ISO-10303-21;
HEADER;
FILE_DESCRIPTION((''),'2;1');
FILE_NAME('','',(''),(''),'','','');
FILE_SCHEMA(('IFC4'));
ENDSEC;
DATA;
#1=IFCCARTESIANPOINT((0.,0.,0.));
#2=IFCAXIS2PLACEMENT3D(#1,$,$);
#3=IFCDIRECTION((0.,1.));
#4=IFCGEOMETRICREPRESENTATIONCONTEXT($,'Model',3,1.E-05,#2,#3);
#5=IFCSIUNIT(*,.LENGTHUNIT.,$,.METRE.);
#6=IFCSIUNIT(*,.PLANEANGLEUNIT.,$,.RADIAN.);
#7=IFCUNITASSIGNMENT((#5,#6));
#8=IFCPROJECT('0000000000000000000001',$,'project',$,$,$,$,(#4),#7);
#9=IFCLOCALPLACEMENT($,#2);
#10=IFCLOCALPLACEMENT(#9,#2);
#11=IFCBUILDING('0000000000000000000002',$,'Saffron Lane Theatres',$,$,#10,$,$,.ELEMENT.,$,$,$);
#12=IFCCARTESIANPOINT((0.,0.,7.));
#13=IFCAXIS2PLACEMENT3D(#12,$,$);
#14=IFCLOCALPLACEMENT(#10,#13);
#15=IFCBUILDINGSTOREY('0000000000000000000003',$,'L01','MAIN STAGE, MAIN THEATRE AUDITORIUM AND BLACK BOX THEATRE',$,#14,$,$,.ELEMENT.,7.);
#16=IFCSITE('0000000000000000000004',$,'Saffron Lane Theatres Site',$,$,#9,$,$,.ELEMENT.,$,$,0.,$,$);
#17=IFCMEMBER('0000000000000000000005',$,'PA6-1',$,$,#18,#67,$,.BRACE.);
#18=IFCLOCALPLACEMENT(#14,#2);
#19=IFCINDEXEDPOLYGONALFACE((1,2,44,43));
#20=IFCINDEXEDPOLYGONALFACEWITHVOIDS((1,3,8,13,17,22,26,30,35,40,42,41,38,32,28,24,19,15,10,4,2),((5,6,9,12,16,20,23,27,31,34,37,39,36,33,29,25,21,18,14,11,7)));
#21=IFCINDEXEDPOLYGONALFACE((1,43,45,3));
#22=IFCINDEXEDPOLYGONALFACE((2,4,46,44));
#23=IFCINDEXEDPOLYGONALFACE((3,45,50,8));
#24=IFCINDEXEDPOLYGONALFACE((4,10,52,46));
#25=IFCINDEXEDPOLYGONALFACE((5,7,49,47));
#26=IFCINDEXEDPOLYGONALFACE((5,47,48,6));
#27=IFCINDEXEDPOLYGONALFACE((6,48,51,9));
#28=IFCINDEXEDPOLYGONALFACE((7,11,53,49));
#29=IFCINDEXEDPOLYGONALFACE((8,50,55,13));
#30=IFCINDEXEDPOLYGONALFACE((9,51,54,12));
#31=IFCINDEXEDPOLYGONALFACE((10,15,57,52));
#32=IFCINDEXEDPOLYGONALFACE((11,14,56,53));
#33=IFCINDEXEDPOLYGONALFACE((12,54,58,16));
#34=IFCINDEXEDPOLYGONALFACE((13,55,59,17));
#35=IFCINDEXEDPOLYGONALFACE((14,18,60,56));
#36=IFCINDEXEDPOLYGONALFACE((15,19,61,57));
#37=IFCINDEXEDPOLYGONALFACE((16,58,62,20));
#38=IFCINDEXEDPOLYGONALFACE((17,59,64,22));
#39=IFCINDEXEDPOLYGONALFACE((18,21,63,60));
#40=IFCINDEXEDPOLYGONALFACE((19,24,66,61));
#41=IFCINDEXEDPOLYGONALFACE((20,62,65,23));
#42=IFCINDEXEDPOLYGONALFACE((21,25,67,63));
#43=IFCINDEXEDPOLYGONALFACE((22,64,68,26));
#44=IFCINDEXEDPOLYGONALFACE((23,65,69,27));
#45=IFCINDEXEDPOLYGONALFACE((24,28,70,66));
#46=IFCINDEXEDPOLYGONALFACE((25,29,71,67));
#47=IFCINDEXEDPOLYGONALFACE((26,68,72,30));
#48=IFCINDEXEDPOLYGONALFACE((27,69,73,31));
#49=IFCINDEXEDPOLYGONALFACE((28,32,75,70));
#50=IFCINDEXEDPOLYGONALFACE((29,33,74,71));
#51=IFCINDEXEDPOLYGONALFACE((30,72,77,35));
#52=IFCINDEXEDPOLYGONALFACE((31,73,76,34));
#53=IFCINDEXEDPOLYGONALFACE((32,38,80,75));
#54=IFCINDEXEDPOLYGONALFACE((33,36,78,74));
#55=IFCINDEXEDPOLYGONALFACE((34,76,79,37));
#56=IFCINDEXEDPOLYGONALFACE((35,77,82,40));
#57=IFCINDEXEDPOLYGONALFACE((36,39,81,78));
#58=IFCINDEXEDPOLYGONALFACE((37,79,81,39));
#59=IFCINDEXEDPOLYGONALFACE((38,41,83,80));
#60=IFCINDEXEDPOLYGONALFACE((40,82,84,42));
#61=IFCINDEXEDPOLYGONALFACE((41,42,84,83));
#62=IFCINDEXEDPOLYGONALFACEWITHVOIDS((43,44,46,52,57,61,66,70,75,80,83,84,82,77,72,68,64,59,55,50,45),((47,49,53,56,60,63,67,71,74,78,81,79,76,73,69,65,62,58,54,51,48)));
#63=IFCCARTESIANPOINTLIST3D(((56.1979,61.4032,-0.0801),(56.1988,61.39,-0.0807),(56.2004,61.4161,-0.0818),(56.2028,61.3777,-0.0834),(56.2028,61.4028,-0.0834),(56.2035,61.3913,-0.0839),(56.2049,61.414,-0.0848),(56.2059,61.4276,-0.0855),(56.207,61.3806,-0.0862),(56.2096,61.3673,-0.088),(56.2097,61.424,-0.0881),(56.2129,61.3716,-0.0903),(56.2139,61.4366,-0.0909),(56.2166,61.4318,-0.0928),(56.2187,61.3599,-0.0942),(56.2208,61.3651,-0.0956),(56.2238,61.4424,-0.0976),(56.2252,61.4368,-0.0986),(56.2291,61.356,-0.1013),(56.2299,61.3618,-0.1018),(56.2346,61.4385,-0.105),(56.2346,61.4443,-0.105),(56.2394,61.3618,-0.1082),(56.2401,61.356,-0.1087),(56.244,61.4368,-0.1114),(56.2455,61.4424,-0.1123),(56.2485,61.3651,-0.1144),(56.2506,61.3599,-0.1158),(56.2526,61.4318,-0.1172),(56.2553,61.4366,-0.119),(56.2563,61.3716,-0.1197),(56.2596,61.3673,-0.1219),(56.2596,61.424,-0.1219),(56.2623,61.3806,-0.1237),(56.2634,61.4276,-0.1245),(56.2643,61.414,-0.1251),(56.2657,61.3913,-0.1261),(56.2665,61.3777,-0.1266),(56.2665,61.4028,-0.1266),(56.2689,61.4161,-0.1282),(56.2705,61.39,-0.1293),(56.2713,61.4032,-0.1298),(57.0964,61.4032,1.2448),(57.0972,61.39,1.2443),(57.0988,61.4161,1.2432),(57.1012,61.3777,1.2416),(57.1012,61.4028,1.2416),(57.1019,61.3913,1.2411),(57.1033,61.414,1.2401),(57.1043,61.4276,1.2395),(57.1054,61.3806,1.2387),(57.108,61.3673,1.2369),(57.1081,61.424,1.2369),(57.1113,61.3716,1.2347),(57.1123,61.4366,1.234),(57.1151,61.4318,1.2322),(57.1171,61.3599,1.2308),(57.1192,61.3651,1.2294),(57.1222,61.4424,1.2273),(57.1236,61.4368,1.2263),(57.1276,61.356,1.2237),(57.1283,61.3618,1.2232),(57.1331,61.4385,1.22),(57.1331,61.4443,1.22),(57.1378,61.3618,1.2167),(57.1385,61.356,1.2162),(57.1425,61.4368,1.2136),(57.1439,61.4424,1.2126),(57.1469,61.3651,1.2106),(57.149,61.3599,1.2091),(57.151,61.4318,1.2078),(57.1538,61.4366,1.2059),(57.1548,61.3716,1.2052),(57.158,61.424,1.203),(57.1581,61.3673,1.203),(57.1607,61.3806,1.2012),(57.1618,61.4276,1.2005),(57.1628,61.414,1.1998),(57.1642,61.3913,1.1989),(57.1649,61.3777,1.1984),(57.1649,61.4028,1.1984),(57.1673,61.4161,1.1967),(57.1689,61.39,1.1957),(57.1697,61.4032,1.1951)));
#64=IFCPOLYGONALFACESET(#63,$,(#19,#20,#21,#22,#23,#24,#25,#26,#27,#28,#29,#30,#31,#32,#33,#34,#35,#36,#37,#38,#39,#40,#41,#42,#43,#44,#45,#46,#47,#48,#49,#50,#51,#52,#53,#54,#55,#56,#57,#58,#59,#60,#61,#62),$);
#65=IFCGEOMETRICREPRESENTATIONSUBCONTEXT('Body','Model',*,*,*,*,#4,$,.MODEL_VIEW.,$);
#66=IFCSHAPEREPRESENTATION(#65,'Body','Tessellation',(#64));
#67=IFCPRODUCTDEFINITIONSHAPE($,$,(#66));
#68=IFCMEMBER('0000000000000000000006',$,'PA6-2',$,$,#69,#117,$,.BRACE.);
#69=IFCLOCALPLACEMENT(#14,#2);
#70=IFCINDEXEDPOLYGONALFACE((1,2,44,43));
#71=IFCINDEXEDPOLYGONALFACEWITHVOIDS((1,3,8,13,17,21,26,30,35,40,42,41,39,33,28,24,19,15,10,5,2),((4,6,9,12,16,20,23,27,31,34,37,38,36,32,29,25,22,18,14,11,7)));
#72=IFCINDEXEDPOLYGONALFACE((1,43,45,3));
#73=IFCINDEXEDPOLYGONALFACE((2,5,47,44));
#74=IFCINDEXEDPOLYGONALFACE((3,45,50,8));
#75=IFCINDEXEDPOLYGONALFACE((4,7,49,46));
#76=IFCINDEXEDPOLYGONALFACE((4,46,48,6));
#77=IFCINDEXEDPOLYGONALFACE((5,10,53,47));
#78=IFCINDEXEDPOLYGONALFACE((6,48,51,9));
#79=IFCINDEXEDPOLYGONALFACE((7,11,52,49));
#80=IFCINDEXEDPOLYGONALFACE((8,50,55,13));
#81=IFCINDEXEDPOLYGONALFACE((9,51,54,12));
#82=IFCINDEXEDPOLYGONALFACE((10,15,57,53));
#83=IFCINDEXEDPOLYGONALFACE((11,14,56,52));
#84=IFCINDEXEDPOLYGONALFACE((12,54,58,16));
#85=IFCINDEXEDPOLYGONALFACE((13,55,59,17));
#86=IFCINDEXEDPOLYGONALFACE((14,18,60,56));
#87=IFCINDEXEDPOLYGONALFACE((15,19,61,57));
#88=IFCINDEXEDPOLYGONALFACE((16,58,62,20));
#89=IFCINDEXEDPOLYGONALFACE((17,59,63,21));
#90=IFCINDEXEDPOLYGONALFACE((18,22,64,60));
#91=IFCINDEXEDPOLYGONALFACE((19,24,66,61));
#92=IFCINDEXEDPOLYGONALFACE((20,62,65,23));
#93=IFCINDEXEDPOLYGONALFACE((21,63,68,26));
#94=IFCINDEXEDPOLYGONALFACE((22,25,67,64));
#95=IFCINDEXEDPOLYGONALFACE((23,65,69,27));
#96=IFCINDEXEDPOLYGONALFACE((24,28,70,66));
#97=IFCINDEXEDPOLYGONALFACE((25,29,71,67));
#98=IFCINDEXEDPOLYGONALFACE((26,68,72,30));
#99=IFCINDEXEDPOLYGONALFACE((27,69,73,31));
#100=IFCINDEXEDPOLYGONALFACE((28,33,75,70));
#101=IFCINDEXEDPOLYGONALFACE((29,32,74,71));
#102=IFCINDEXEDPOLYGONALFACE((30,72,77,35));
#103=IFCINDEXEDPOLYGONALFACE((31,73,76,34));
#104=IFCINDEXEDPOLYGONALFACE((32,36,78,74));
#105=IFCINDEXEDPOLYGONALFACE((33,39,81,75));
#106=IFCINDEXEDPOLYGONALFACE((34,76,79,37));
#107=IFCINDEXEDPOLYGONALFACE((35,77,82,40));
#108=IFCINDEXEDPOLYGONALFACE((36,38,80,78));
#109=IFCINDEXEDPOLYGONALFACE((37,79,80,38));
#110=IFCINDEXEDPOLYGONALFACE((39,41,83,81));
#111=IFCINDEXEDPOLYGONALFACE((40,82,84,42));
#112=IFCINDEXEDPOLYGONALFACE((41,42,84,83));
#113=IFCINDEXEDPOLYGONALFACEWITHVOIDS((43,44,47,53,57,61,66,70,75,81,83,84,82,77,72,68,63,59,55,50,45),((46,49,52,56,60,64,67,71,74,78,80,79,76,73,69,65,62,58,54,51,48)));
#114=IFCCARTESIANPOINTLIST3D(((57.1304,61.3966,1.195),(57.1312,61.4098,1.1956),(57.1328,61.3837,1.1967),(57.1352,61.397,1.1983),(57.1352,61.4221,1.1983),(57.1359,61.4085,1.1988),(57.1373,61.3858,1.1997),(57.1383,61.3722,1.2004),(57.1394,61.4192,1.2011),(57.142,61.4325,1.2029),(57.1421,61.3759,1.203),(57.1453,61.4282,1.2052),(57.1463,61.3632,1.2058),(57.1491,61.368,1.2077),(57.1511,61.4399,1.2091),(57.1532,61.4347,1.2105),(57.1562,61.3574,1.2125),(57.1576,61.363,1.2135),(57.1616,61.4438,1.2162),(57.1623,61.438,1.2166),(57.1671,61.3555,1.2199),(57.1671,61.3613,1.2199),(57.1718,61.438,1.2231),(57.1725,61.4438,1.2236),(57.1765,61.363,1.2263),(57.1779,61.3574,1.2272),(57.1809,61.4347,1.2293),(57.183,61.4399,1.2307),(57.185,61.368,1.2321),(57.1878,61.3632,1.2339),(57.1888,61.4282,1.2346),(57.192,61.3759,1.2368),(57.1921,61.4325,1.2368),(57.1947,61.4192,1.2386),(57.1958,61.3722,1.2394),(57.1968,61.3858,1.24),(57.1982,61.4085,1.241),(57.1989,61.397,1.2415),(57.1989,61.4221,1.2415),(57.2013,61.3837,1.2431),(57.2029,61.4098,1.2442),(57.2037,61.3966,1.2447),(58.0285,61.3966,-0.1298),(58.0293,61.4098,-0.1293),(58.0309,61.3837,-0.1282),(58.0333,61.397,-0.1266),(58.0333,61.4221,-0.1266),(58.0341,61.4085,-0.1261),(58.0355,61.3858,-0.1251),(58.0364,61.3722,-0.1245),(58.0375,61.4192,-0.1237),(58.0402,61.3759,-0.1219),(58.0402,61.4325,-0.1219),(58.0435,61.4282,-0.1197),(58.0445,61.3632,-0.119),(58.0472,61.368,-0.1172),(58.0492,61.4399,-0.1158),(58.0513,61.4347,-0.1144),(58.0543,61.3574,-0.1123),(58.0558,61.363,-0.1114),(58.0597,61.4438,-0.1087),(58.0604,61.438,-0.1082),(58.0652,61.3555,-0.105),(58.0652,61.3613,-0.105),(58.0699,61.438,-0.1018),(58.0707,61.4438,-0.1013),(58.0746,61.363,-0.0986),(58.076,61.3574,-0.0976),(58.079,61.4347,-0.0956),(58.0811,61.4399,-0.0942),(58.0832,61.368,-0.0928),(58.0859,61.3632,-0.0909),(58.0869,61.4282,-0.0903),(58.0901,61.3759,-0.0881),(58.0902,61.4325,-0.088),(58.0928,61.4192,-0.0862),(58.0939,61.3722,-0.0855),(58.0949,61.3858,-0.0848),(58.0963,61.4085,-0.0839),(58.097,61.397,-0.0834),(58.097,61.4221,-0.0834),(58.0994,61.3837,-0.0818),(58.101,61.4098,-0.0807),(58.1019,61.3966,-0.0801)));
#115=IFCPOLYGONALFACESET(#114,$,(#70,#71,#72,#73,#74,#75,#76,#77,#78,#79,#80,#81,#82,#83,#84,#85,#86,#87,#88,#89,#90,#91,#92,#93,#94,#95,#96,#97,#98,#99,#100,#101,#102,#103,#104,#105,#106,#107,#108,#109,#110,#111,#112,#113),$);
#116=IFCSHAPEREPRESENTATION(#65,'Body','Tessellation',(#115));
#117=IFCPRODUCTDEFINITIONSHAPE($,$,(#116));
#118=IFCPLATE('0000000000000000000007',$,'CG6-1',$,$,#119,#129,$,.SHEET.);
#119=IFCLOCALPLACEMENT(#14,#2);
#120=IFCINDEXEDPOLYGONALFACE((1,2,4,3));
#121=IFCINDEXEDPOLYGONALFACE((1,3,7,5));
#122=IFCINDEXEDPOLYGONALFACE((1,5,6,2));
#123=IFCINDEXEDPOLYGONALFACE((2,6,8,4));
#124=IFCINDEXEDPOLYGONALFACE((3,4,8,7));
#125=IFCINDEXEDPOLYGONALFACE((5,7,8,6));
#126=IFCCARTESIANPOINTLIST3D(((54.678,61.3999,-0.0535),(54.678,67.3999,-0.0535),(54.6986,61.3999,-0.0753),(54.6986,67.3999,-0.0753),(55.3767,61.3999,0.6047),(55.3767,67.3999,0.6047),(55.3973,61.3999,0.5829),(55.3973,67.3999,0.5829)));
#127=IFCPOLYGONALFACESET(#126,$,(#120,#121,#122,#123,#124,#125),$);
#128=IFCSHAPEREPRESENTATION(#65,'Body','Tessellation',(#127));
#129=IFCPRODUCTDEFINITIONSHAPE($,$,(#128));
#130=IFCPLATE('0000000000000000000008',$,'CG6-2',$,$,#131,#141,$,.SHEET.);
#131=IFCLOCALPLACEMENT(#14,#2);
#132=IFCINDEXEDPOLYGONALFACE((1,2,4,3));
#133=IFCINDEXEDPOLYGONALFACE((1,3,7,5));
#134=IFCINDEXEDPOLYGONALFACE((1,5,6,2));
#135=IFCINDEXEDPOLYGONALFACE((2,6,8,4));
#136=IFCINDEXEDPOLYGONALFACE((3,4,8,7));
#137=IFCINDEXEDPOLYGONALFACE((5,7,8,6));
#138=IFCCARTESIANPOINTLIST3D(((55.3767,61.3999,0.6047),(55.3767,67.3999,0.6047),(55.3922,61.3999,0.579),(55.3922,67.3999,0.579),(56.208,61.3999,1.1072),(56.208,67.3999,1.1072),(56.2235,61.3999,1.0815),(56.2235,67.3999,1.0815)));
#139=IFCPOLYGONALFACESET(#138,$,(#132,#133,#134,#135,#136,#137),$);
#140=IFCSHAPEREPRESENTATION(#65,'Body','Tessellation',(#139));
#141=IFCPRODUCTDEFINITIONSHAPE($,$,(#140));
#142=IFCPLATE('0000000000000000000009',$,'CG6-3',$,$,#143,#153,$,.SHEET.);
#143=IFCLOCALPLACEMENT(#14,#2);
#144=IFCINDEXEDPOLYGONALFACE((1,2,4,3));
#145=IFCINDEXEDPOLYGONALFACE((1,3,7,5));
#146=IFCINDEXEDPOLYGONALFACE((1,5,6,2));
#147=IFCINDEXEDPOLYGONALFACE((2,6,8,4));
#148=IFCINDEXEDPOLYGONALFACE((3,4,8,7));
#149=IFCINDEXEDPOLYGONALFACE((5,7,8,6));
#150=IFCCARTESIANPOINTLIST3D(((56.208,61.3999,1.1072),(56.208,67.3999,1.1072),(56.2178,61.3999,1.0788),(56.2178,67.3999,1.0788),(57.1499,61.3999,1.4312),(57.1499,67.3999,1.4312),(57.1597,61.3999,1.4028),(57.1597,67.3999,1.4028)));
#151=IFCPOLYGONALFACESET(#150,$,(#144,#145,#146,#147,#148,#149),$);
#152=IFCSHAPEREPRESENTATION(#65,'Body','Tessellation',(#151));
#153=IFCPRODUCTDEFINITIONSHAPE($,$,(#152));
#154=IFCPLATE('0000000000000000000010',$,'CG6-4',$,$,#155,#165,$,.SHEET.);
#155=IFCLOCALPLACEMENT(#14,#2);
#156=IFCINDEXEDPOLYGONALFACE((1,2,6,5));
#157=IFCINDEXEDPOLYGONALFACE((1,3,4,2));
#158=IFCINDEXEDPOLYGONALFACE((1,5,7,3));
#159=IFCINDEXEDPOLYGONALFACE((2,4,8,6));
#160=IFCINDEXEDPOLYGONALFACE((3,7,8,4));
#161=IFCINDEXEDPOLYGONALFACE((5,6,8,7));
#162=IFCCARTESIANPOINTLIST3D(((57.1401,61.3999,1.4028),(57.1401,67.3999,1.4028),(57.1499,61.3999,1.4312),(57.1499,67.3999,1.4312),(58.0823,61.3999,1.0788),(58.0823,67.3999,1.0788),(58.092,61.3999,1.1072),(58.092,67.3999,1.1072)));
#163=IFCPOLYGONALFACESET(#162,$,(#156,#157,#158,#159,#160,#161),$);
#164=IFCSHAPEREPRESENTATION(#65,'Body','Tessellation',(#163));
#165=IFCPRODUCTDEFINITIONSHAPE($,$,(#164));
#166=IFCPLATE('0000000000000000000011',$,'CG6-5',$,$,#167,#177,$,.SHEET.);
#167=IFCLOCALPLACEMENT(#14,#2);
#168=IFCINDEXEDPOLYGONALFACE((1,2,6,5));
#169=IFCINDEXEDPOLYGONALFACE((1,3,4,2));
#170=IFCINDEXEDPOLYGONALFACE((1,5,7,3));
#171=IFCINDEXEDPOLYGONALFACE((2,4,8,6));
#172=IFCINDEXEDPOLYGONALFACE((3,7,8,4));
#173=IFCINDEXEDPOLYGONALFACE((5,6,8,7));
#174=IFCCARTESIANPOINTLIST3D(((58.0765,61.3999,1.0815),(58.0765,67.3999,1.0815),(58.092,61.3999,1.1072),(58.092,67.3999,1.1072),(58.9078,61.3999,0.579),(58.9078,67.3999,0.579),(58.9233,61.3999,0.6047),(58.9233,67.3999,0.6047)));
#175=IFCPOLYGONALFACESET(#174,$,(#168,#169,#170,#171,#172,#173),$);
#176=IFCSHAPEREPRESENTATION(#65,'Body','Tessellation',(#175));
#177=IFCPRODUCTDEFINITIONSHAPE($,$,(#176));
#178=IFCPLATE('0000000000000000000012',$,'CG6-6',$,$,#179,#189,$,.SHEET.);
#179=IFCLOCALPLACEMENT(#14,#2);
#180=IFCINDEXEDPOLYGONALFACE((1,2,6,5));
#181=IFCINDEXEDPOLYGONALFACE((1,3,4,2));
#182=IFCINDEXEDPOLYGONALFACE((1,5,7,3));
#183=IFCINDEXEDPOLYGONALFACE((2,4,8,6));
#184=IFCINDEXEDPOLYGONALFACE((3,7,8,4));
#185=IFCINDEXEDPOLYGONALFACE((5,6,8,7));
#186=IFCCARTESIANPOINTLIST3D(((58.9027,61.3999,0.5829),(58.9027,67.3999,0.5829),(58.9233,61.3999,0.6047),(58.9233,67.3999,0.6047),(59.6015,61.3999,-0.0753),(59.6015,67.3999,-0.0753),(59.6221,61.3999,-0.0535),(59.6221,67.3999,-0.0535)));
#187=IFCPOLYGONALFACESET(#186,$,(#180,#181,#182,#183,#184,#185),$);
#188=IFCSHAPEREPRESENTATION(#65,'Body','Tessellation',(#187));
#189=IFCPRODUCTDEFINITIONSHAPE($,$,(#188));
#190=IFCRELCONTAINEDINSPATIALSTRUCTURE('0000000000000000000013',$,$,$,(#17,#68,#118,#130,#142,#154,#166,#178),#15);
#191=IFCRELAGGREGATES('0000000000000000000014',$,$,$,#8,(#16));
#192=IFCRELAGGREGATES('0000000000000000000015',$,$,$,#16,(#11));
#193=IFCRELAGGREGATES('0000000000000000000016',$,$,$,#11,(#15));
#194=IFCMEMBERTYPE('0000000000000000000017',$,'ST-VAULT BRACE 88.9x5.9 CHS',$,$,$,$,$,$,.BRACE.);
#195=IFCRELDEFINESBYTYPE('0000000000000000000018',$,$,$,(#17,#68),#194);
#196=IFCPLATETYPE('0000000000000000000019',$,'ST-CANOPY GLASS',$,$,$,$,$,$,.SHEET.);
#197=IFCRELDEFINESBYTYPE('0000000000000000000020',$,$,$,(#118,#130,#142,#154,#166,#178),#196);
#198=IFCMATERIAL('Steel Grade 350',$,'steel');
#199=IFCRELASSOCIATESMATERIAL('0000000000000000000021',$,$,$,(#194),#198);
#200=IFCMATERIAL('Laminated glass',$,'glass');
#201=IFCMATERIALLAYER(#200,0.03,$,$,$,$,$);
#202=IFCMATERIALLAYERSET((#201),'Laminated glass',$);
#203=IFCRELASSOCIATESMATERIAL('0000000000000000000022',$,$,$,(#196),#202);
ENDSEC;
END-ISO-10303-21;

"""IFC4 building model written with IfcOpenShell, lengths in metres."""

from ifc_helpers import new_model, si_unit, direction, frame, origin, origin_2d, place, context, subcontext, project, spatial, polyline, hollow_circle, outline, extrude, material, layer, layer_set, material_profile, profile_set, type_object, element, save


model = new_model("IFC4")

# Units and contexts
model_context = context("Model", 3, precision=1e-05, world=origin(), true_north=direction((0.0, 1.0)))
body_context = subcontext(model_context, "Body", "Model", "MODEL_VIEW")
ifc_project = project(units=[si_unit("LENGTHUNIT", "METRE"), si_unit("PLANEANGLEUNIT", "RADIAN")], contexts=[model_context])

# Site, building, storey
site_placement = place(None, origin())
site = spatial("IfcSite", under=ifc_project, at=site_placement, Name="Saffron Lane Theatres Site", CompositionType="ELEMENT", RefElevation=0.0)
building_placement = place(site_placement, origin())
building = spatial("IfcBuilding", under=site, at=building_placement, Name="Saffron Lane Theatres", CompositionType="ELEMENT")
storey_placement = place(building_placement, frame((0.0, 0.0, 7.0)))
storey = spatial("IfcBuildingStorey", under=building, at=storey_placement, Name="L01", Description="MAIN STAGE, MAIN THEATRE AUDITORIUM AND BLACK BOX THEATRE", CompositionType="ELEMENT", Elevation=7.0)

# Members
ifc_material_1 = material(Name="Steel Grade 350", Category="steel")
ifc_material_profile_1 = material_profile(ifc_material_1, hollow_circle(Radius=0.0444, WallThickness=0.0059, at=origin_2d()))
ifc_profile_set_1 = profile_set([ifc_material_profile_1], Name="Steel Grade 350")
member_type = type_object("IfcMemberType", Name="ST-VAULT BRACE 88.9x5.9 CHS", PredefinedType="BRACE", material=ifc_profile_set_1)
member_1_placement = place(storey_placement, frame((56.2346, 61.3999, -0.105), z_axis=(0.561229, 0.0, 0.82766), x_axis=(0.0, 1.0, 0.0)))
element("IfcMember", 1, at=member_1_placement, inside=storey, type_object=member_type, Name="PA6-1", PredefinedType="BRACE", context=body_context, shape_type="SweptSolid", body=[
    extrude(hollow_circle(Radius=0.0444, WallThickness=0.0059, at=origin_2d()), origin(), (0.0, 0.0, 1.0), 1.6008),
])
member_2_placement = place(storey_placement, frame((58.0652, 61.3999, -0.105), z_axis=(-0.561125, 0.0, 0.827731), x_axis=(0.0, -1.0, 0.0)))
element("IfcMember", 2, at=member_2_placement, inside=storey, type_object=member_type, Name="PA6-2", PredefinedType="BRACE", context=body_context, shape_type="SweptSolid", body=[
    extrude(hollow_circle(Radius=0.0444, WallThickness=0.0059, at=origin_2d()), origin(), (0.0, 0.0, 1.0), 1.6006),
])

# Plates
ifc_material_2 = material(Name="Laminated glass", Category="glass")
ifc_layer_1 = layer(ifc_material_2, 0.03)
ifc_layer_set_1 = layer_set([ifc_layer_1], Name="Laminated glass")
plate_type = type_object("IfcPlateType", Name="ST-CANOPY GLASS", PredefinedType="SHEET", material=ifc_layer_set_1)
plate_1_placement = place(storey_placement, frame((54.678, 61.3999, -0.0535), z_axis=(-0.685682, 0.0, 0.727901), x_axis=(0.727901, 0.0, 0.685682)))
element("IfcPlate", 3, at=plate_1_placement, inside=storey, type_object=plate_type, Name="CG6-1", PredefinedType="SHEET", context=body_context, shape_type="SweptSolid", body=[
    extrude(outline(polyline([(0.0, 0.0), (0.9599, 0.0), (0.9599, 6.0), (0.0, 6.0), (0.0, 0.0)])), origin(), (0.0, 0.0, -1.0), 0.03),
])
plate_2_placement = place(storey_placement, frame((55.3767, 61.3999, 0.6047), z_axis=(-0.517265, 0.0, 0.855825), x_axis=(0.855825, 0.0, 0.517265)))
element("IfcPlate", 4, at=plate_2_placement, inside=storey, type_object=plate_type, Name="CG6-2", PredefinedType="SHEET", context=body_context, shape_type="SweptSolid", body=[
    extrude(outline(polyline([(0.0, 0.0), (0.9713, 0.0), (0.9713, 6.0), (0.0, 6.0), (0.0, 0.0)])), origin(), (0.0, 0.0, -1.0), 0.03),
])
plate_3_placement = place(storey_placement, frame((56.208, 61.3999, 1.1072), z_axis=(-0.325258, 0.0, 0.945625), x_axis=(0.945625, 0.0, 0.325258)))
element("IfcPlate", 5, at=plate_3_placement, inside=storey, type_object=plate_type, Name="CG6-3", PredefinedType="SHEET", context=body_context, shape_type="SweptSolid", body=[
    extrude(outline(polyline([(0.0, 0.0), (0.9961, 0.0), (0.9961, 6.0), (0.0, 6.0), (0.0, 0.0)])), origin(), (0.0, 0.0, -1.0), 0.03),
])
plate_4_placement = place(storey_placement, frame((57.1499, 61.3999, 1.4312), z_axis=(0.325182, 0.0, 0.945651), x_axis=(0.945651, 0.0, -0.325182)))
element("IfcPlate", 6, at=plate_4_placement, inside=storey, type_object=plate_type, Name="CG6-4", PredefinedType="SHEET", context=body_context, shape_type="SweptSolid", body=[
    extrude(outline(polyline([(0.0, 0.0), (0.9963, 0.0), (0.9963, 6.0), (0.0, 6.0), (0.0, 0.0)])), origin(), (0.0, 0.0, -1.0), 0.03),
])
plate_5_placement = place(storey_placement, frame((58.092, 61.3999, 1.1072), z_axis=(0.517265, 0.0, 0.855825), x_axis=(0.855825, 0.0, -0.517265)))
element("IfcPlate", 7, at=plate_5_placement, inside=storey, type_object=plate_type, Name="CG6-5", PredefinedType="SHEET", context=body_context, shape_type="SweptSolid", body=[
    extrude(outline(polyline([(0.0, 0.0), (0.9713, 0.0), (0.9713, 6.0), (0.0, 6.0), (0.0, 0.0)])), origin(), (0.0, 0.0, -1.0), 0.03),
])
plate_6_placement = place(storey_placement, frame((58.9233, 61.3999, 0.6047), z_axis=(0.685682, 0.0, 0.727901), x_axis=(0.727901, 0.0, -0.685682)))
element("IfcPlate", 8, at=plate_6_placement, inside=storey, type_object=plate_type, Name="CG6-6", PredefinedType="SHEET", context=body_context, shape_type="SweptSolid", body=[
    extrude(outline(polyline([(0.0, 0.0), (0.9599, 0.0), (0.9599, 6.0), (0.0, 6.0), (0.0, 0.0)])), origin(), (0.0, 0.0, -1.0), 0.03),
])

save(model, "model.ifc")
